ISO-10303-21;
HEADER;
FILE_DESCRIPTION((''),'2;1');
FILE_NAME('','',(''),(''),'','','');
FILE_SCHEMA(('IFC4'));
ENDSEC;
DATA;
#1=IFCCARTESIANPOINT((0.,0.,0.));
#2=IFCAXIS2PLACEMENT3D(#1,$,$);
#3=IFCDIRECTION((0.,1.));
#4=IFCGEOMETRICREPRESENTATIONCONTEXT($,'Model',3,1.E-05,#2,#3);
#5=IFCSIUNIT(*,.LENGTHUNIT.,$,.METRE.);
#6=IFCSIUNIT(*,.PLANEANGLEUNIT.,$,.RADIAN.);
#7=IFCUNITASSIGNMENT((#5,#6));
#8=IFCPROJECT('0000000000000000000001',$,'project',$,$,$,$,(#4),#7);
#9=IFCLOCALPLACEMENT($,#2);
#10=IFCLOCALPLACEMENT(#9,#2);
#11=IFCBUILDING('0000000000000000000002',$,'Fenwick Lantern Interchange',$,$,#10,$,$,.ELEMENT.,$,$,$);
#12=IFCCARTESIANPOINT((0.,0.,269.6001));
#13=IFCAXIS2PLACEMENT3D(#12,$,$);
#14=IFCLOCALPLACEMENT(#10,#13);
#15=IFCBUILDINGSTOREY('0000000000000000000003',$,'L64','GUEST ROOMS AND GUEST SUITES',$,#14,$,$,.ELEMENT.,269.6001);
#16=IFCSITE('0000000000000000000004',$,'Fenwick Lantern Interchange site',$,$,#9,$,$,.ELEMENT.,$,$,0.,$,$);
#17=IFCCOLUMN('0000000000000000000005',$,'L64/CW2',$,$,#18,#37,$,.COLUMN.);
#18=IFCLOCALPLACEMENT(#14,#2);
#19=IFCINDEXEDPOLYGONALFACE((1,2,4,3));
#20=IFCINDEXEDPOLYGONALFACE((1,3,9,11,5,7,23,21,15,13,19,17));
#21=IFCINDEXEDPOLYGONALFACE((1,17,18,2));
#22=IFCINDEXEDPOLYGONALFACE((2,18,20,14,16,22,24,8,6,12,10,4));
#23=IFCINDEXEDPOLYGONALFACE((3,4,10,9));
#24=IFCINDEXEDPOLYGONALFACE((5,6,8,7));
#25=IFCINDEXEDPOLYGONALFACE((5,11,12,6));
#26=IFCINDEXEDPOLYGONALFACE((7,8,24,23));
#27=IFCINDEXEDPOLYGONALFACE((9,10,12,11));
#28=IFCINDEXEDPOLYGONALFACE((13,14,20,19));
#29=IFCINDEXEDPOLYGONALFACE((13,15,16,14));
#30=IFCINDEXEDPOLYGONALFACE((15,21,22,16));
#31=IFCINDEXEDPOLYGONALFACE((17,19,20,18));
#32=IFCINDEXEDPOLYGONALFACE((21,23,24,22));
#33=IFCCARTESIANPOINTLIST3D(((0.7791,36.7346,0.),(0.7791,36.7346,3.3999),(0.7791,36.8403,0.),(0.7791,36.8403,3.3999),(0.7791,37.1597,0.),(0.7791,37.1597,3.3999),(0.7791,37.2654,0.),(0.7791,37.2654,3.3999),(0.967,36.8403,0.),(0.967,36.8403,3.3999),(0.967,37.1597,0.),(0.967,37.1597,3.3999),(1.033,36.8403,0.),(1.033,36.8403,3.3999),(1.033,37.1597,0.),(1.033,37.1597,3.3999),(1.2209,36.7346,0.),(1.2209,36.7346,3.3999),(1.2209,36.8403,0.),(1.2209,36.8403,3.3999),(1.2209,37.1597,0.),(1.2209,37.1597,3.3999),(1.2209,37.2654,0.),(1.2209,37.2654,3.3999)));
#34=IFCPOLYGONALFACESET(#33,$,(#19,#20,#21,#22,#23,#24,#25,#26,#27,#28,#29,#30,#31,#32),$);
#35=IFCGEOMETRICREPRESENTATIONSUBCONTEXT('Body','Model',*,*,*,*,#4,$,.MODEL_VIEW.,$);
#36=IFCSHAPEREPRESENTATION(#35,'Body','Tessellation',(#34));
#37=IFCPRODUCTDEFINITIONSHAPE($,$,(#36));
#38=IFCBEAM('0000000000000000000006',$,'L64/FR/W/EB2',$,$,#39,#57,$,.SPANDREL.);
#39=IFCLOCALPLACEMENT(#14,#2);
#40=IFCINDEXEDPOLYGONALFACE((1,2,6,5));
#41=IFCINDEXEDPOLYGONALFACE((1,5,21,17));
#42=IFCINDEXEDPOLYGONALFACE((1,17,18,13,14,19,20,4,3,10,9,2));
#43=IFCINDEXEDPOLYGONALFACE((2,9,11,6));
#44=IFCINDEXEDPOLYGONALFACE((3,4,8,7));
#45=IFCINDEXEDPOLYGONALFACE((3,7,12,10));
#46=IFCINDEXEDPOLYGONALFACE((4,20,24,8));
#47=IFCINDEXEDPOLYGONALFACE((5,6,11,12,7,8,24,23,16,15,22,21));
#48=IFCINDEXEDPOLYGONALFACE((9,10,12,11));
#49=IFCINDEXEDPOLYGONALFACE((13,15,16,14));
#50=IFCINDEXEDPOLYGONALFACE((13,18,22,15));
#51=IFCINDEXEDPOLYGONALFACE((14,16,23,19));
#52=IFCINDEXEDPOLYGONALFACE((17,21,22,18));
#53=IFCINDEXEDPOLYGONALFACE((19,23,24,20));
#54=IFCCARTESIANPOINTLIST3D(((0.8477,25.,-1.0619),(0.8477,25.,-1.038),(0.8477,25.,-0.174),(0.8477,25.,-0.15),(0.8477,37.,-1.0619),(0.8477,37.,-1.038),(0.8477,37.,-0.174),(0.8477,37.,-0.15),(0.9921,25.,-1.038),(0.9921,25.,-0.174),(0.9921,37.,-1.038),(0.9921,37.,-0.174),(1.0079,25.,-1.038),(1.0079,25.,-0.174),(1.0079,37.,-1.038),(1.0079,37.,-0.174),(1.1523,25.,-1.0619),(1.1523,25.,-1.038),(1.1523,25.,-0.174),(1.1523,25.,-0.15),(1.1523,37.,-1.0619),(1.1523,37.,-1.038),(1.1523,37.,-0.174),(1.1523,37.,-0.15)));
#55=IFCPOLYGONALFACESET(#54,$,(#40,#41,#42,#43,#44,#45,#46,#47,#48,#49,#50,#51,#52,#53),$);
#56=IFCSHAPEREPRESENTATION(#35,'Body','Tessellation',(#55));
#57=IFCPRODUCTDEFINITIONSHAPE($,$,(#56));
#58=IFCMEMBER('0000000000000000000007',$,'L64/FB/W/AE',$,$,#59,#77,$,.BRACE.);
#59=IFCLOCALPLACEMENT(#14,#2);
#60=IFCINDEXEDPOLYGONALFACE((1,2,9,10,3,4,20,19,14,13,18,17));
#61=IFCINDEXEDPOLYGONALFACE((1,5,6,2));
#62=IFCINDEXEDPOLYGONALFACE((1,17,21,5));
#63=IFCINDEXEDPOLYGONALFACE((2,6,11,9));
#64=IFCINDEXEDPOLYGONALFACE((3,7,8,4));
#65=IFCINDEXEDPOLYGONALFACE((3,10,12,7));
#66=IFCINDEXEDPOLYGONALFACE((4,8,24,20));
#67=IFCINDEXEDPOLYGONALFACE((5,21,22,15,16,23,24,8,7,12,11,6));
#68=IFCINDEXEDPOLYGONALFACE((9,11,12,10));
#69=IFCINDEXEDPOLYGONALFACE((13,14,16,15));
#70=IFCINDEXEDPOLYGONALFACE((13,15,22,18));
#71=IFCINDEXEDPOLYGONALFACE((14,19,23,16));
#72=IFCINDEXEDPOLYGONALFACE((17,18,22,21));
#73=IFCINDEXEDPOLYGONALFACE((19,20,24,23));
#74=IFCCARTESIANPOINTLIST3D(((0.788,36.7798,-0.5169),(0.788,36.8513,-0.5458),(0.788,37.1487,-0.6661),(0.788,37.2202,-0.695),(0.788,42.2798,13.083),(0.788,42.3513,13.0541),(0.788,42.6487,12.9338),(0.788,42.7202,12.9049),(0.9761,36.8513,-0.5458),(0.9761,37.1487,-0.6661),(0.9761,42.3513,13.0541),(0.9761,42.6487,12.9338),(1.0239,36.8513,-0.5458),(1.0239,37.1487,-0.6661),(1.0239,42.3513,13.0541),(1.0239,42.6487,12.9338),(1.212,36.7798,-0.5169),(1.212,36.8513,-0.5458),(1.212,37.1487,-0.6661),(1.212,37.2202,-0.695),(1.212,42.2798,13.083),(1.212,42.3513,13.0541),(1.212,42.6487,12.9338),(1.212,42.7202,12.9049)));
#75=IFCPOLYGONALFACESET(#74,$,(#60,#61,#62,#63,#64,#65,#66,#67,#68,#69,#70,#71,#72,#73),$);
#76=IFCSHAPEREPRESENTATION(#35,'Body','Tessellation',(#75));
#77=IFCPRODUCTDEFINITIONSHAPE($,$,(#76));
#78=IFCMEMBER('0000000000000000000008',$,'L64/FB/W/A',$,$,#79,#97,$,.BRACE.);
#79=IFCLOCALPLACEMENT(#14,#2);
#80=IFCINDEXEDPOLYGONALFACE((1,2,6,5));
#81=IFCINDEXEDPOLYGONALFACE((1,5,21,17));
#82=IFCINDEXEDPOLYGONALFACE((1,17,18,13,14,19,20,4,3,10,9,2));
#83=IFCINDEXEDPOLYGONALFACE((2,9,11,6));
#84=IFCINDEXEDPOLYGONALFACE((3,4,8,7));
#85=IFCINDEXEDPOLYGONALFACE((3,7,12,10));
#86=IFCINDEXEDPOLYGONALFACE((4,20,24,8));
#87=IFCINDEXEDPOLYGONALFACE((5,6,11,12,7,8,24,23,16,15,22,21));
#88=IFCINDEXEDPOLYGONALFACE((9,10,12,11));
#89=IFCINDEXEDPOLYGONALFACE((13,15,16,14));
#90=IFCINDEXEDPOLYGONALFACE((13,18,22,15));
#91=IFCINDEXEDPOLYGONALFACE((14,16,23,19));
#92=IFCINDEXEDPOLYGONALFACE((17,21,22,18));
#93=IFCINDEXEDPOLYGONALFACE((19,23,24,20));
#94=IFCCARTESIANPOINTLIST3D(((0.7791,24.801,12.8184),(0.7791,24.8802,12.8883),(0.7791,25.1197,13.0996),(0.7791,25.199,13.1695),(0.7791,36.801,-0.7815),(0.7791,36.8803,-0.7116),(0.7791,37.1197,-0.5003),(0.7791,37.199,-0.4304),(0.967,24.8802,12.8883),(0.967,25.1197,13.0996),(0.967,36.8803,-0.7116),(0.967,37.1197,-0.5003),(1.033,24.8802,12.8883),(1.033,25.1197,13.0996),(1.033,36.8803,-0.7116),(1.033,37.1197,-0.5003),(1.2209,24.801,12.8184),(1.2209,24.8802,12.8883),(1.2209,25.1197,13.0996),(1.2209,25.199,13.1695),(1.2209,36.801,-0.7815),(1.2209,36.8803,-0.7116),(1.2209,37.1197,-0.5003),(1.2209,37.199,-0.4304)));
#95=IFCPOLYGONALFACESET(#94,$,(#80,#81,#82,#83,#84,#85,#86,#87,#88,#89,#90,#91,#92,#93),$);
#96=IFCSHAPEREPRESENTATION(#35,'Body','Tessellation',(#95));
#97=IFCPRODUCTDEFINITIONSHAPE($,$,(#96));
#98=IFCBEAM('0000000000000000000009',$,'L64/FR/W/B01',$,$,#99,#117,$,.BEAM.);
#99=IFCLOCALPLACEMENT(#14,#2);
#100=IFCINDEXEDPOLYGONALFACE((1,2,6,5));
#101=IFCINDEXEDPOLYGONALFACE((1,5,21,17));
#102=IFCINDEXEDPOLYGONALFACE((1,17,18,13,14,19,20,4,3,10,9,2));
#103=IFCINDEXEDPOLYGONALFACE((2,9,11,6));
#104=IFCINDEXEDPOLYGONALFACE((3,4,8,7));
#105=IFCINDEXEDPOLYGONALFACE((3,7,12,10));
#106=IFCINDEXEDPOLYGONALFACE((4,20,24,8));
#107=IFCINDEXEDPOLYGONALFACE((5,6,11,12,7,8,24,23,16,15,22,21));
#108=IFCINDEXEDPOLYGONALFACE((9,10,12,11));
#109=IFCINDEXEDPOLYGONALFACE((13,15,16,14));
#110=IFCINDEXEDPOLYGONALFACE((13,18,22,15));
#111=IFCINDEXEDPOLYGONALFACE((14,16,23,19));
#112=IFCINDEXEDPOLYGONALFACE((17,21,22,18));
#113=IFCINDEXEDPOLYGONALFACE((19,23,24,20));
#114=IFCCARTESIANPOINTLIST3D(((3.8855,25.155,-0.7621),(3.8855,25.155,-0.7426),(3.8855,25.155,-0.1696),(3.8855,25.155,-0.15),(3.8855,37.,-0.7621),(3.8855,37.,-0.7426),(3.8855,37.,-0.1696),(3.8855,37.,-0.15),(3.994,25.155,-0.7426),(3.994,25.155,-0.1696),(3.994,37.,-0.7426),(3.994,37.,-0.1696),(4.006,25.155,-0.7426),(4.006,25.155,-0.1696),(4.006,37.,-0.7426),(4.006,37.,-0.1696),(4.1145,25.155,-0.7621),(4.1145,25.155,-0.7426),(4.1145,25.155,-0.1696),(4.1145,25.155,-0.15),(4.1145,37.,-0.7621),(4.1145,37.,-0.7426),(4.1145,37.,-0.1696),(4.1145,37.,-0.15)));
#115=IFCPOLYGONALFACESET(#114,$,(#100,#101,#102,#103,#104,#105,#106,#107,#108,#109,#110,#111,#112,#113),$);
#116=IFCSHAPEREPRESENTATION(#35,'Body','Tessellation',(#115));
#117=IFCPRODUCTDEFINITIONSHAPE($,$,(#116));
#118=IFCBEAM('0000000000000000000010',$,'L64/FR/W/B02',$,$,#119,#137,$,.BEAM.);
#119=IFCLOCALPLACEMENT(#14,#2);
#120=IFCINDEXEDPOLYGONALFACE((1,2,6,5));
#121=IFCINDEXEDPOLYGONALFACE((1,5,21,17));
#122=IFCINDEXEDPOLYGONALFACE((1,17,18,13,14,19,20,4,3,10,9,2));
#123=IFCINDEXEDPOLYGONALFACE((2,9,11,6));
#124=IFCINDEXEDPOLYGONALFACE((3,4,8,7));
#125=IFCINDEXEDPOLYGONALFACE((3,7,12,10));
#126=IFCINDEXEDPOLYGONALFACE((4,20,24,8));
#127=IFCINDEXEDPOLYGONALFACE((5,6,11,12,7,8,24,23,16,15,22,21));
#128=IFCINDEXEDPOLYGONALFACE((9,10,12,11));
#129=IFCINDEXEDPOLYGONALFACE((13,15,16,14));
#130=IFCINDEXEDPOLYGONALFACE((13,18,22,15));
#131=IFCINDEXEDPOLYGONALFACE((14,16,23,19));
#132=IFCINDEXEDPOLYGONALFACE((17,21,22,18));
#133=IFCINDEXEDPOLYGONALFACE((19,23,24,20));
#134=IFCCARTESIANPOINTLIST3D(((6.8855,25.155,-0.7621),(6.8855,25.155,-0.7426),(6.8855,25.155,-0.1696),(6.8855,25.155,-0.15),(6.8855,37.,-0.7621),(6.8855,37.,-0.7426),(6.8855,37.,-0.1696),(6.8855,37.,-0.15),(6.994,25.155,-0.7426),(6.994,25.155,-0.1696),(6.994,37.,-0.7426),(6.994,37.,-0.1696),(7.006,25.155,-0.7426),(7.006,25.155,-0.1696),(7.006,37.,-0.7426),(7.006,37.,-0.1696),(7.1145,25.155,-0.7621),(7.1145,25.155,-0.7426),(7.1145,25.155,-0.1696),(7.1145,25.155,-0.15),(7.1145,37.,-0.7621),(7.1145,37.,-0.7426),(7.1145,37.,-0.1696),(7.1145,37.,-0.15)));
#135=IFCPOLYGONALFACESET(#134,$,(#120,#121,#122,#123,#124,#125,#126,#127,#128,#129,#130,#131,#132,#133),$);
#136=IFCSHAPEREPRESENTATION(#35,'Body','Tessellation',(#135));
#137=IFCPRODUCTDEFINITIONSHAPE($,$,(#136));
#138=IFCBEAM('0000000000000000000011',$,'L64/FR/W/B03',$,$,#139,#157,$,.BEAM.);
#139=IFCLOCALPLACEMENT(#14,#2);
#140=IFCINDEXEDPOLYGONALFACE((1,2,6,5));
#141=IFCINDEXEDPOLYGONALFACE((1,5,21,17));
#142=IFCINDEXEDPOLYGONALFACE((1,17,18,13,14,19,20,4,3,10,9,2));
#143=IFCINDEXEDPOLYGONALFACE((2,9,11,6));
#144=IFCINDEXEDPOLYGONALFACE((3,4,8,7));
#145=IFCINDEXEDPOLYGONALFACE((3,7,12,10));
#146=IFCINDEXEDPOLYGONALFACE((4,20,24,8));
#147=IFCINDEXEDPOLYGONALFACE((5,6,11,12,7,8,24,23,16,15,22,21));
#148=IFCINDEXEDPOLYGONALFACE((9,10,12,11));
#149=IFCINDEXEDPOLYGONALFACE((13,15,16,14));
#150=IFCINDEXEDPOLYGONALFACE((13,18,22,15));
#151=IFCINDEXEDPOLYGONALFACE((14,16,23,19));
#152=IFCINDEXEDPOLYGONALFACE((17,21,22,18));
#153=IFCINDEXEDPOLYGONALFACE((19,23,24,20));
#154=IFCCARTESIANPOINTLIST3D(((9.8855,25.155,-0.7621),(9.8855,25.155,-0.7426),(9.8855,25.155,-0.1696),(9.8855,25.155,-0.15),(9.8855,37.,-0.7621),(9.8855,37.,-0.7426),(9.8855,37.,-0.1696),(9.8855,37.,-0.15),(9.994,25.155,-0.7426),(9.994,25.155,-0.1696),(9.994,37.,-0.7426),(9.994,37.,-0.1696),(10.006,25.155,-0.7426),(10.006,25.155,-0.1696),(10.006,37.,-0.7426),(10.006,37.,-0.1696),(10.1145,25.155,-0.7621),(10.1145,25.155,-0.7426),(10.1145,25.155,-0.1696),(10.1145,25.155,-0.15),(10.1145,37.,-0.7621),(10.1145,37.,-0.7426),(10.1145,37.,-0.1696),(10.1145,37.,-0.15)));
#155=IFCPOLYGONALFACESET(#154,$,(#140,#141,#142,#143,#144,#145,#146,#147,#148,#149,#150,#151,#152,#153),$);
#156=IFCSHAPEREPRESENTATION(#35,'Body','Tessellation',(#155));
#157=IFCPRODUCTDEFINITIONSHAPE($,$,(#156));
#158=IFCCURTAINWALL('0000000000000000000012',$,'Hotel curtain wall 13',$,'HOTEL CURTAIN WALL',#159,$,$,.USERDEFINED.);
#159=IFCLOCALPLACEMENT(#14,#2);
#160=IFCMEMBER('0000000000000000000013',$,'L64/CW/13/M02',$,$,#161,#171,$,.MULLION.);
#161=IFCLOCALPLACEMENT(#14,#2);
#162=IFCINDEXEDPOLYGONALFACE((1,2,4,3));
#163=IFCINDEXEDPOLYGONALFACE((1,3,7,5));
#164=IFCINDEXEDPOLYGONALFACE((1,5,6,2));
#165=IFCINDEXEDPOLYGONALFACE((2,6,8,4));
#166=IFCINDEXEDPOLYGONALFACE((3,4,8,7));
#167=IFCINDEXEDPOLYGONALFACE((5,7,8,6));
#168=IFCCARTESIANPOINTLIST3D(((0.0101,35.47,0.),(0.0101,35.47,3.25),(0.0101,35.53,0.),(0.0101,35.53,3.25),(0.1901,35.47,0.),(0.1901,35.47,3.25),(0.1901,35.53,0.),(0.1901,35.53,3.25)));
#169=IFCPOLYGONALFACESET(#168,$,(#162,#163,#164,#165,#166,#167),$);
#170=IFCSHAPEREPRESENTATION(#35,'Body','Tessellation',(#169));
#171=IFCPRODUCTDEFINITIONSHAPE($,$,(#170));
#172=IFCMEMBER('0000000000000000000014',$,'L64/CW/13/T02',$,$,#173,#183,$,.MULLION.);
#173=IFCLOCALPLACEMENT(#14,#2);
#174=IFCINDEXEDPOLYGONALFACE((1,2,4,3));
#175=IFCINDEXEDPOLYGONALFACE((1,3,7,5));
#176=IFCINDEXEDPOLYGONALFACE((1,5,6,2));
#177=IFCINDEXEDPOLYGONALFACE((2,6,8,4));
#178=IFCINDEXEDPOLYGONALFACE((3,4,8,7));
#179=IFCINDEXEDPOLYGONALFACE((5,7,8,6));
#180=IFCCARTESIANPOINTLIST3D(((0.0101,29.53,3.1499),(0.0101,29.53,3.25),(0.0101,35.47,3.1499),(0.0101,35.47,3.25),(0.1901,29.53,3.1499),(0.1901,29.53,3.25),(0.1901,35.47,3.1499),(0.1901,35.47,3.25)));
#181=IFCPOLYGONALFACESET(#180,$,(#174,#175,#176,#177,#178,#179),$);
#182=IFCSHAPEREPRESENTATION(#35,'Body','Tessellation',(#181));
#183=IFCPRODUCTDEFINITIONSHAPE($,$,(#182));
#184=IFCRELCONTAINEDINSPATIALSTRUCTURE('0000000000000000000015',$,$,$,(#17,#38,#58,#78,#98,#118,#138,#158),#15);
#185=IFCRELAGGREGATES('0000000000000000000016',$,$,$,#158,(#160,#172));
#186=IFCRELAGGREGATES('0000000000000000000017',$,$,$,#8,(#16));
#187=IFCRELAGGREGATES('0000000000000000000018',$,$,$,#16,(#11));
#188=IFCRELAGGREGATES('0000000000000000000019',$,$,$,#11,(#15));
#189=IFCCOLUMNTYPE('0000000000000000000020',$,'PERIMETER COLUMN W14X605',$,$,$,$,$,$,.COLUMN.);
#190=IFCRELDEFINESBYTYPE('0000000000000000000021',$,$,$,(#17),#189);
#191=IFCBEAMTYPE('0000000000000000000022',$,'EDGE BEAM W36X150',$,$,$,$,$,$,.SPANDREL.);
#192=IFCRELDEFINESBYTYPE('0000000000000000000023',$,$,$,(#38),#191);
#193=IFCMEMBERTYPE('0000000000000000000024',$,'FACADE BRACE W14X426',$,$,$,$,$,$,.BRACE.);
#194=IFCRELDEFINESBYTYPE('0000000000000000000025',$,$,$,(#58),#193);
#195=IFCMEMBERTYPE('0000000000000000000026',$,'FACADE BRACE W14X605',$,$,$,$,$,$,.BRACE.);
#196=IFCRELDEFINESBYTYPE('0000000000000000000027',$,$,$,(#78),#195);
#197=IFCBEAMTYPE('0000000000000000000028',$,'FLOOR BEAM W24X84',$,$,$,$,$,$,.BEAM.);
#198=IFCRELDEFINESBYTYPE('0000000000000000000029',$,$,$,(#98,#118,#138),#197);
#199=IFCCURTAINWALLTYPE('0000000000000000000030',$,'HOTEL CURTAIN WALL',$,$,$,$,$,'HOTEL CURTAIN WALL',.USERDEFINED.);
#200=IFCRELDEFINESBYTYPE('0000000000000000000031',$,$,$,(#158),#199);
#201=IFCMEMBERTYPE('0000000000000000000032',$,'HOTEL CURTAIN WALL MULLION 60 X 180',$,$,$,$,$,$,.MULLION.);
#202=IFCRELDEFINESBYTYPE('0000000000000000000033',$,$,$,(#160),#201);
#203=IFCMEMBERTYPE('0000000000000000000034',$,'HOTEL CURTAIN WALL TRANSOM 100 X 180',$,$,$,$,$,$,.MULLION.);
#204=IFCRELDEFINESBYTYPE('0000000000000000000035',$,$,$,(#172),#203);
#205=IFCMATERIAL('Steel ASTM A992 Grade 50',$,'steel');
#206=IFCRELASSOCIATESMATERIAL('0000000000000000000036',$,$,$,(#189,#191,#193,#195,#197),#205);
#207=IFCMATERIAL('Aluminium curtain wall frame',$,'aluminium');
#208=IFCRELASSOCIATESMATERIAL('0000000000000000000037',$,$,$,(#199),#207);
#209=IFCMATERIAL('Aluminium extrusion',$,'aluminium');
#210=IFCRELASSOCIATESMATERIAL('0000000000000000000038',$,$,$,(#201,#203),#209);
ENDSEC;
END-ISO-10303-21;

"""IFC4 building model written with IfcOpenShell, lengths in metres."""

from ifc_helpers import new_model, si_unit, direction, frame, origin, origin_2d, place, context, subcontext, project, spatial, rectangle, i_section, extrude, material, material_profile, profile_set, type_object, element, aggregate, save


model = new_model("IFC4")

# Units and contexts
model_context = context("Model", 3, precision=1e-05, world=origin(), true_north=direction((0.0, 1.0)))
body_context = subcontext(model_context, "Body", "Model", "MODEL_VIEW")
ifc_project = project(units=[si_unit("LENGTHUNIT", "METRE"), si_unit("PLANEANGLEUNIT", "RADIAN")], contexts=[model_context])

# Site, building, storey
site_placement = place(None, origin())
site = spatial("IfcSite", under=ifc_project, at=site_placement, Name="Fenwick Lantern Interchange site", CompositionType="ELEMENT", RefElevation=0.0)
building_placement = place(site_placement, origin())
building = spatial("IfcBuilding", under=site, at=building_placement, Name="Fenwick Lantern Interchange", CompositionType="ELEMENT")
storey_placement = place(building_placement, frame((0.0, 0.0, 269.6001)))
storey = spatial("IfcBuildingStorey", under=building, at=storey_placement, Name="L64", Description="GUEST ROOMS AND GUEST SUITES", CompositionType="ELEMENT", Elevation=269.6001)

# Column
ifc_material_1 = material(Name="Steel ASTM A992 Grade 50", Category="steel")
ifc_material_profile_1 = material_profile(ifc_material_1, i_section(OverallWidth=0.4419, OverallDepth=0.5308, WebThickness=0.0659, FlangeThickness=0.1057, at=origin_2d()), Name="W14X605")
ifc_profile_set_1 = profile_set([ifc_material_profile_1], Name="Steel ASTM A992 Grade 50")
column_type = type_object("IfcColumnType", Name="PERIMETER COLUMN W14X605", PredefinedType="COLUMN", material=ifc_profile_set_1)
column_placement = place(storey_placement, frame((1.0, 37.0, 0.0), z_axis=(0.0, 0.0, 1.0), x_axis=(1.0, 0.0, 0.0)))
element("IfcColumn", 1, at=column_placement, inside=storey, type_object=column_type, Name="L64/CW2", PredefinedType="COLUMN", context=body_context, shape_type="SweptSolid", body=[
    extrude(i_section(OverallWidth=0.4419, OverallDepth=0.5308, WebThickness=0.0659, FlangeThickness=0.1057, at=origin_2d()), origin(), (0.0, 0.0, 1.0), 3.3999),
])

# Beam
ifc_material_profile_2 = material_profile(ifc_material_1, i_section(OverallWidth=0.3047, OverallDepth=0.9119, WebThickness=0.0159, FlangeThickness=0.0239, at=origin_2d()), Name="W36X150")
ifc_profile_set_2 = profile_set([ifc_material_profile_2], Name="Steel ASTM A992 Grade 50")
beam_type_1 = type_object("IfcBeamType", Name="EDGE BEAM W36X150", PredefinedType="SPANDREL", material=ifc_profile_set_2)
beam_1_placement = place(storey_placement, frame((1.0, 37.0, -0.606), z_axis=(0.0, -1.0, 0.0), x_axis=(1.0, 0.0, 0.0)))
element("IfcBeam", 2, at=beam_1_placement, inside=storey, type_object=beam_type_1, Name="L64/FR/W/EB2", PredefinedType="SPANDREL", context=body_context, shape_type="SweptSolid", body=[
    extrude(i_section(OverallWidth=0.3047, OverallDepth=0.9119, WebThickness=0.0159, FlangeThickness=0.0239, at=origin_2d()), origin(), (0.0, 0.0, 1.0), 12.0),
])

# Members
ifc_material_profile_3 = material_profile(ifc_material_1, i_section(OverallWidth=0.4241, OverallDepth=0.4751, WebThickness=0.0479, FlangeThickness=0.0771, at=origin_2d()), Name="W14X426")
ifc_profile_set_3 = profile_set([ifc_material_profile_3], Name="Steel ASTM A992 Grade 50")
member_type_1 = type_object("IfcMemberType", Name="FACADE BRACE W14X426", PredefinedType="BRACE", material=ifc_profile_set_3)
member_1_placement = place(storey_placement, frame((1.0, 37.0, -0.606), z_axis=(0.0, 0.374917, 0.927058), x_axis=(-1.0, 0.0, 0.0)))
element("IfcMember", 3, at=member_1_placement, inside=storey, type_object=member_type_1, Name="L64/FB/W/AE", PredefinedType="BRACE", context=body_context, shape_type="SweptSolid", body=[
    extrude(i_section(OverallWidth=0.4241, OverallDepth=0.4751, WebThickness=0.0479, FlangeThickness=0.0771, at=origin_2d()), origin(), (0.0, 0.0, 1.0), 14.6699),
])
ifc_material_profile_4 = material_profile(ifc_material_1, i_section(OverallWidth=0.4419, OverallDepth=0.5308, WebThickness=0.0659, FlangeThickness=0.1057, at=origin_2d()), Name="W14X605")
ifc_profile_set_4 = profile_set([ifc_material_profile_4], Name="Steel ASTM A992 Grade 50")
member_type_2 = type_object("IfcMemberType", Name="FACADE BRACE W14X605", PredefinedType="BRACE", material=ifc_profile_set_4)
member_2_placement = place(storey_placement, frame((1.0, 37.0, -0.606), z_axis=(0.0, -0.661626, 0.749834), x_axis=(1.0, 0.0, 0.0)))
element("IfcMember", 4, at=member_2_placement, inside=storey, type_object=member_type_2, Name="L64/FB/W/A", PredefinedType="BRACE", context=body_context, shape_type="SweptSolid", body=[
    extrude(i_section(OverallWidth=0.4419, OverallDepth=0.5308, WebThickness=0.0659, FlangeThickness=0.1057, at=origin_2d()), origin(), (0.0, 0.0, 1.0), 18.1372),
])

# Beams
ifc_material_profile_5 = material_profile(ifc_material_1, i_section(OverallWidth=0.229, OverallDepth=0.6121, WebThickness=0.012, FlangeThickness=0.0195, at=origin_2d()), Name="W24X84")
ifc_profile_set_5 = profile_set([ifc_material_profile_5], Name="Steel ASTM A992 Grade 50")
beam_type_2 = type_object("IfcBeamType", Name="FLOOR BEAM W24X84", PredefinedType="BEAM", material=ifc_profile_set_5)
for number, where, z_axis, x_axis, name in (
    (5, (4.0, 37.0, -0.4561), (0.0, -1.0, 0.0), (1.0, 0.0, 0.0), "L64/FR/W/B01"),
    (6, (7.0, 37.0, -0.4561), (0.0, -1.0, 0.0), (1.0, 0.0, 0.0), "L64/FR/W/B02"),
    (7, (10.0, 37.0, -0.4561), (0.0, -1.0, 0.0), (1.0, 0.0, 0.0), "L64/FR/W/B03"),
):
    element("IfcBeam", number, at=place(storey_placement, frame(where, z_axis=z_axis, x_axis=x_axis)), inside=storey, type_object=beam_type_2, Name=name, PredefinedType="BEAM", context=body_context, shape_type="SweptSolid", body=[
        extrude(i_section(OverallWidth=0.229, OverallDepth=0.6121, WebThickness=0.012, FlangeThickness=0.0195, at=origin_2d()), origin(), (0.0, 0.0, 1.0), 11.845),
    ])

# Curtain wall, members
ifc_material_2 = material(Name="Aluminium curtain wall frame", Category="aluminium")
curtain_wall_type = type_object("IfcCurtainWallType", Name="HOTEL CURTAIN WALL", ElementType="HOTEL CURTAIN WALL", PredefinedType="USERDEFINED", material=ifc_material_2)
curtain_wall_placement = place(storey_placement, origin())
curtain_wall = element("IfcCurtainWall", 8, at=curtain_wall_placement, inside=storey, type_object=curtain_wall_type, Name="Hotel curtain wall 13", ObjectType="HOTEL CURTAIN WALL", PredefinedType="USERDEFINED")
ifc_material_3 = material(Name="Aluminium extrusion", Category="aluminium")
ifc_material_profile_6 = material_profile(ifc_material_3, rectangle(XDim=0.1799, YDim=0.0601, at=origin_2d()), Name="HOTEL CURTAIN WALL MULLION 60 X 180")
ifc_profile_set_6 = profile_set([ifc_material_profile_6], Name="Aluminium extrusion")
member_type_3 = type_object("IfcMemberType", Name="HOTEL CURTAIN WALL MULLION 60 X 180", PredefinedType="MULLION", material=ifc_profile_set_6)
member_3_placement = place(storey_placement, frame((0.1001, 35.5, 0.0), z_axis=(0.0, 0.0, 1.0), x_axis=(1.0, 0.0, 0.0)))
member_3 = element("IfcMember", 9, at=member_3_placement, type_object=member_type_3, Name="L64/CW/13/M02", PredefinedType="MULLION", context=body_context, shape_type="SweptSolid", body=[
    extrude(rectangle(XDim=0.1799, YDim=0.0601, at=origin_2d()), origin(), (0.0, 0.0, 1.0), 3.25),
])
ifc_material_profile_7 = material_profile(ifc_material_3, rectangle(XDim=0.1799, YDim=0.1001, at=origin_2d()), Name="HOTEL CURTAIN WALL TRANSOM 100 X 180")
ifc_profile_set_7 = profile_set([ifc_material_profile_7], Name="Aluminium extrusion")
member_type_4 = type_object("IfcMemberType", Name="HOTEL CURTAIN WALL TRANSOM 100 X 180", PredefinedType="MULLION", material=ifc_profile_set_7)
member_4_placement = place(storey_placement, frame((0.1001, 35.47, 3.2), z_axis=(0.0, -1.0, 0.0), x_axis=(1.0, 0.0, 0.0)))
member_4 = element("IfcMember", 10, at=member_4_placement, type_object=member_type_4, Name="L64/CW/13/T02", PredefinedType="MULLION", context=body_context, shape_type="SweptSolid", body=[
    extrude(rectangle(XDim=0.1799, YDim=0.1001, at=origin_2d()), origin(), (0.0, 0.0, 1.0), 5.9399),
])
aggregate(curtain_wall, [member_3, member_4])

save(model, "model.ifc")
